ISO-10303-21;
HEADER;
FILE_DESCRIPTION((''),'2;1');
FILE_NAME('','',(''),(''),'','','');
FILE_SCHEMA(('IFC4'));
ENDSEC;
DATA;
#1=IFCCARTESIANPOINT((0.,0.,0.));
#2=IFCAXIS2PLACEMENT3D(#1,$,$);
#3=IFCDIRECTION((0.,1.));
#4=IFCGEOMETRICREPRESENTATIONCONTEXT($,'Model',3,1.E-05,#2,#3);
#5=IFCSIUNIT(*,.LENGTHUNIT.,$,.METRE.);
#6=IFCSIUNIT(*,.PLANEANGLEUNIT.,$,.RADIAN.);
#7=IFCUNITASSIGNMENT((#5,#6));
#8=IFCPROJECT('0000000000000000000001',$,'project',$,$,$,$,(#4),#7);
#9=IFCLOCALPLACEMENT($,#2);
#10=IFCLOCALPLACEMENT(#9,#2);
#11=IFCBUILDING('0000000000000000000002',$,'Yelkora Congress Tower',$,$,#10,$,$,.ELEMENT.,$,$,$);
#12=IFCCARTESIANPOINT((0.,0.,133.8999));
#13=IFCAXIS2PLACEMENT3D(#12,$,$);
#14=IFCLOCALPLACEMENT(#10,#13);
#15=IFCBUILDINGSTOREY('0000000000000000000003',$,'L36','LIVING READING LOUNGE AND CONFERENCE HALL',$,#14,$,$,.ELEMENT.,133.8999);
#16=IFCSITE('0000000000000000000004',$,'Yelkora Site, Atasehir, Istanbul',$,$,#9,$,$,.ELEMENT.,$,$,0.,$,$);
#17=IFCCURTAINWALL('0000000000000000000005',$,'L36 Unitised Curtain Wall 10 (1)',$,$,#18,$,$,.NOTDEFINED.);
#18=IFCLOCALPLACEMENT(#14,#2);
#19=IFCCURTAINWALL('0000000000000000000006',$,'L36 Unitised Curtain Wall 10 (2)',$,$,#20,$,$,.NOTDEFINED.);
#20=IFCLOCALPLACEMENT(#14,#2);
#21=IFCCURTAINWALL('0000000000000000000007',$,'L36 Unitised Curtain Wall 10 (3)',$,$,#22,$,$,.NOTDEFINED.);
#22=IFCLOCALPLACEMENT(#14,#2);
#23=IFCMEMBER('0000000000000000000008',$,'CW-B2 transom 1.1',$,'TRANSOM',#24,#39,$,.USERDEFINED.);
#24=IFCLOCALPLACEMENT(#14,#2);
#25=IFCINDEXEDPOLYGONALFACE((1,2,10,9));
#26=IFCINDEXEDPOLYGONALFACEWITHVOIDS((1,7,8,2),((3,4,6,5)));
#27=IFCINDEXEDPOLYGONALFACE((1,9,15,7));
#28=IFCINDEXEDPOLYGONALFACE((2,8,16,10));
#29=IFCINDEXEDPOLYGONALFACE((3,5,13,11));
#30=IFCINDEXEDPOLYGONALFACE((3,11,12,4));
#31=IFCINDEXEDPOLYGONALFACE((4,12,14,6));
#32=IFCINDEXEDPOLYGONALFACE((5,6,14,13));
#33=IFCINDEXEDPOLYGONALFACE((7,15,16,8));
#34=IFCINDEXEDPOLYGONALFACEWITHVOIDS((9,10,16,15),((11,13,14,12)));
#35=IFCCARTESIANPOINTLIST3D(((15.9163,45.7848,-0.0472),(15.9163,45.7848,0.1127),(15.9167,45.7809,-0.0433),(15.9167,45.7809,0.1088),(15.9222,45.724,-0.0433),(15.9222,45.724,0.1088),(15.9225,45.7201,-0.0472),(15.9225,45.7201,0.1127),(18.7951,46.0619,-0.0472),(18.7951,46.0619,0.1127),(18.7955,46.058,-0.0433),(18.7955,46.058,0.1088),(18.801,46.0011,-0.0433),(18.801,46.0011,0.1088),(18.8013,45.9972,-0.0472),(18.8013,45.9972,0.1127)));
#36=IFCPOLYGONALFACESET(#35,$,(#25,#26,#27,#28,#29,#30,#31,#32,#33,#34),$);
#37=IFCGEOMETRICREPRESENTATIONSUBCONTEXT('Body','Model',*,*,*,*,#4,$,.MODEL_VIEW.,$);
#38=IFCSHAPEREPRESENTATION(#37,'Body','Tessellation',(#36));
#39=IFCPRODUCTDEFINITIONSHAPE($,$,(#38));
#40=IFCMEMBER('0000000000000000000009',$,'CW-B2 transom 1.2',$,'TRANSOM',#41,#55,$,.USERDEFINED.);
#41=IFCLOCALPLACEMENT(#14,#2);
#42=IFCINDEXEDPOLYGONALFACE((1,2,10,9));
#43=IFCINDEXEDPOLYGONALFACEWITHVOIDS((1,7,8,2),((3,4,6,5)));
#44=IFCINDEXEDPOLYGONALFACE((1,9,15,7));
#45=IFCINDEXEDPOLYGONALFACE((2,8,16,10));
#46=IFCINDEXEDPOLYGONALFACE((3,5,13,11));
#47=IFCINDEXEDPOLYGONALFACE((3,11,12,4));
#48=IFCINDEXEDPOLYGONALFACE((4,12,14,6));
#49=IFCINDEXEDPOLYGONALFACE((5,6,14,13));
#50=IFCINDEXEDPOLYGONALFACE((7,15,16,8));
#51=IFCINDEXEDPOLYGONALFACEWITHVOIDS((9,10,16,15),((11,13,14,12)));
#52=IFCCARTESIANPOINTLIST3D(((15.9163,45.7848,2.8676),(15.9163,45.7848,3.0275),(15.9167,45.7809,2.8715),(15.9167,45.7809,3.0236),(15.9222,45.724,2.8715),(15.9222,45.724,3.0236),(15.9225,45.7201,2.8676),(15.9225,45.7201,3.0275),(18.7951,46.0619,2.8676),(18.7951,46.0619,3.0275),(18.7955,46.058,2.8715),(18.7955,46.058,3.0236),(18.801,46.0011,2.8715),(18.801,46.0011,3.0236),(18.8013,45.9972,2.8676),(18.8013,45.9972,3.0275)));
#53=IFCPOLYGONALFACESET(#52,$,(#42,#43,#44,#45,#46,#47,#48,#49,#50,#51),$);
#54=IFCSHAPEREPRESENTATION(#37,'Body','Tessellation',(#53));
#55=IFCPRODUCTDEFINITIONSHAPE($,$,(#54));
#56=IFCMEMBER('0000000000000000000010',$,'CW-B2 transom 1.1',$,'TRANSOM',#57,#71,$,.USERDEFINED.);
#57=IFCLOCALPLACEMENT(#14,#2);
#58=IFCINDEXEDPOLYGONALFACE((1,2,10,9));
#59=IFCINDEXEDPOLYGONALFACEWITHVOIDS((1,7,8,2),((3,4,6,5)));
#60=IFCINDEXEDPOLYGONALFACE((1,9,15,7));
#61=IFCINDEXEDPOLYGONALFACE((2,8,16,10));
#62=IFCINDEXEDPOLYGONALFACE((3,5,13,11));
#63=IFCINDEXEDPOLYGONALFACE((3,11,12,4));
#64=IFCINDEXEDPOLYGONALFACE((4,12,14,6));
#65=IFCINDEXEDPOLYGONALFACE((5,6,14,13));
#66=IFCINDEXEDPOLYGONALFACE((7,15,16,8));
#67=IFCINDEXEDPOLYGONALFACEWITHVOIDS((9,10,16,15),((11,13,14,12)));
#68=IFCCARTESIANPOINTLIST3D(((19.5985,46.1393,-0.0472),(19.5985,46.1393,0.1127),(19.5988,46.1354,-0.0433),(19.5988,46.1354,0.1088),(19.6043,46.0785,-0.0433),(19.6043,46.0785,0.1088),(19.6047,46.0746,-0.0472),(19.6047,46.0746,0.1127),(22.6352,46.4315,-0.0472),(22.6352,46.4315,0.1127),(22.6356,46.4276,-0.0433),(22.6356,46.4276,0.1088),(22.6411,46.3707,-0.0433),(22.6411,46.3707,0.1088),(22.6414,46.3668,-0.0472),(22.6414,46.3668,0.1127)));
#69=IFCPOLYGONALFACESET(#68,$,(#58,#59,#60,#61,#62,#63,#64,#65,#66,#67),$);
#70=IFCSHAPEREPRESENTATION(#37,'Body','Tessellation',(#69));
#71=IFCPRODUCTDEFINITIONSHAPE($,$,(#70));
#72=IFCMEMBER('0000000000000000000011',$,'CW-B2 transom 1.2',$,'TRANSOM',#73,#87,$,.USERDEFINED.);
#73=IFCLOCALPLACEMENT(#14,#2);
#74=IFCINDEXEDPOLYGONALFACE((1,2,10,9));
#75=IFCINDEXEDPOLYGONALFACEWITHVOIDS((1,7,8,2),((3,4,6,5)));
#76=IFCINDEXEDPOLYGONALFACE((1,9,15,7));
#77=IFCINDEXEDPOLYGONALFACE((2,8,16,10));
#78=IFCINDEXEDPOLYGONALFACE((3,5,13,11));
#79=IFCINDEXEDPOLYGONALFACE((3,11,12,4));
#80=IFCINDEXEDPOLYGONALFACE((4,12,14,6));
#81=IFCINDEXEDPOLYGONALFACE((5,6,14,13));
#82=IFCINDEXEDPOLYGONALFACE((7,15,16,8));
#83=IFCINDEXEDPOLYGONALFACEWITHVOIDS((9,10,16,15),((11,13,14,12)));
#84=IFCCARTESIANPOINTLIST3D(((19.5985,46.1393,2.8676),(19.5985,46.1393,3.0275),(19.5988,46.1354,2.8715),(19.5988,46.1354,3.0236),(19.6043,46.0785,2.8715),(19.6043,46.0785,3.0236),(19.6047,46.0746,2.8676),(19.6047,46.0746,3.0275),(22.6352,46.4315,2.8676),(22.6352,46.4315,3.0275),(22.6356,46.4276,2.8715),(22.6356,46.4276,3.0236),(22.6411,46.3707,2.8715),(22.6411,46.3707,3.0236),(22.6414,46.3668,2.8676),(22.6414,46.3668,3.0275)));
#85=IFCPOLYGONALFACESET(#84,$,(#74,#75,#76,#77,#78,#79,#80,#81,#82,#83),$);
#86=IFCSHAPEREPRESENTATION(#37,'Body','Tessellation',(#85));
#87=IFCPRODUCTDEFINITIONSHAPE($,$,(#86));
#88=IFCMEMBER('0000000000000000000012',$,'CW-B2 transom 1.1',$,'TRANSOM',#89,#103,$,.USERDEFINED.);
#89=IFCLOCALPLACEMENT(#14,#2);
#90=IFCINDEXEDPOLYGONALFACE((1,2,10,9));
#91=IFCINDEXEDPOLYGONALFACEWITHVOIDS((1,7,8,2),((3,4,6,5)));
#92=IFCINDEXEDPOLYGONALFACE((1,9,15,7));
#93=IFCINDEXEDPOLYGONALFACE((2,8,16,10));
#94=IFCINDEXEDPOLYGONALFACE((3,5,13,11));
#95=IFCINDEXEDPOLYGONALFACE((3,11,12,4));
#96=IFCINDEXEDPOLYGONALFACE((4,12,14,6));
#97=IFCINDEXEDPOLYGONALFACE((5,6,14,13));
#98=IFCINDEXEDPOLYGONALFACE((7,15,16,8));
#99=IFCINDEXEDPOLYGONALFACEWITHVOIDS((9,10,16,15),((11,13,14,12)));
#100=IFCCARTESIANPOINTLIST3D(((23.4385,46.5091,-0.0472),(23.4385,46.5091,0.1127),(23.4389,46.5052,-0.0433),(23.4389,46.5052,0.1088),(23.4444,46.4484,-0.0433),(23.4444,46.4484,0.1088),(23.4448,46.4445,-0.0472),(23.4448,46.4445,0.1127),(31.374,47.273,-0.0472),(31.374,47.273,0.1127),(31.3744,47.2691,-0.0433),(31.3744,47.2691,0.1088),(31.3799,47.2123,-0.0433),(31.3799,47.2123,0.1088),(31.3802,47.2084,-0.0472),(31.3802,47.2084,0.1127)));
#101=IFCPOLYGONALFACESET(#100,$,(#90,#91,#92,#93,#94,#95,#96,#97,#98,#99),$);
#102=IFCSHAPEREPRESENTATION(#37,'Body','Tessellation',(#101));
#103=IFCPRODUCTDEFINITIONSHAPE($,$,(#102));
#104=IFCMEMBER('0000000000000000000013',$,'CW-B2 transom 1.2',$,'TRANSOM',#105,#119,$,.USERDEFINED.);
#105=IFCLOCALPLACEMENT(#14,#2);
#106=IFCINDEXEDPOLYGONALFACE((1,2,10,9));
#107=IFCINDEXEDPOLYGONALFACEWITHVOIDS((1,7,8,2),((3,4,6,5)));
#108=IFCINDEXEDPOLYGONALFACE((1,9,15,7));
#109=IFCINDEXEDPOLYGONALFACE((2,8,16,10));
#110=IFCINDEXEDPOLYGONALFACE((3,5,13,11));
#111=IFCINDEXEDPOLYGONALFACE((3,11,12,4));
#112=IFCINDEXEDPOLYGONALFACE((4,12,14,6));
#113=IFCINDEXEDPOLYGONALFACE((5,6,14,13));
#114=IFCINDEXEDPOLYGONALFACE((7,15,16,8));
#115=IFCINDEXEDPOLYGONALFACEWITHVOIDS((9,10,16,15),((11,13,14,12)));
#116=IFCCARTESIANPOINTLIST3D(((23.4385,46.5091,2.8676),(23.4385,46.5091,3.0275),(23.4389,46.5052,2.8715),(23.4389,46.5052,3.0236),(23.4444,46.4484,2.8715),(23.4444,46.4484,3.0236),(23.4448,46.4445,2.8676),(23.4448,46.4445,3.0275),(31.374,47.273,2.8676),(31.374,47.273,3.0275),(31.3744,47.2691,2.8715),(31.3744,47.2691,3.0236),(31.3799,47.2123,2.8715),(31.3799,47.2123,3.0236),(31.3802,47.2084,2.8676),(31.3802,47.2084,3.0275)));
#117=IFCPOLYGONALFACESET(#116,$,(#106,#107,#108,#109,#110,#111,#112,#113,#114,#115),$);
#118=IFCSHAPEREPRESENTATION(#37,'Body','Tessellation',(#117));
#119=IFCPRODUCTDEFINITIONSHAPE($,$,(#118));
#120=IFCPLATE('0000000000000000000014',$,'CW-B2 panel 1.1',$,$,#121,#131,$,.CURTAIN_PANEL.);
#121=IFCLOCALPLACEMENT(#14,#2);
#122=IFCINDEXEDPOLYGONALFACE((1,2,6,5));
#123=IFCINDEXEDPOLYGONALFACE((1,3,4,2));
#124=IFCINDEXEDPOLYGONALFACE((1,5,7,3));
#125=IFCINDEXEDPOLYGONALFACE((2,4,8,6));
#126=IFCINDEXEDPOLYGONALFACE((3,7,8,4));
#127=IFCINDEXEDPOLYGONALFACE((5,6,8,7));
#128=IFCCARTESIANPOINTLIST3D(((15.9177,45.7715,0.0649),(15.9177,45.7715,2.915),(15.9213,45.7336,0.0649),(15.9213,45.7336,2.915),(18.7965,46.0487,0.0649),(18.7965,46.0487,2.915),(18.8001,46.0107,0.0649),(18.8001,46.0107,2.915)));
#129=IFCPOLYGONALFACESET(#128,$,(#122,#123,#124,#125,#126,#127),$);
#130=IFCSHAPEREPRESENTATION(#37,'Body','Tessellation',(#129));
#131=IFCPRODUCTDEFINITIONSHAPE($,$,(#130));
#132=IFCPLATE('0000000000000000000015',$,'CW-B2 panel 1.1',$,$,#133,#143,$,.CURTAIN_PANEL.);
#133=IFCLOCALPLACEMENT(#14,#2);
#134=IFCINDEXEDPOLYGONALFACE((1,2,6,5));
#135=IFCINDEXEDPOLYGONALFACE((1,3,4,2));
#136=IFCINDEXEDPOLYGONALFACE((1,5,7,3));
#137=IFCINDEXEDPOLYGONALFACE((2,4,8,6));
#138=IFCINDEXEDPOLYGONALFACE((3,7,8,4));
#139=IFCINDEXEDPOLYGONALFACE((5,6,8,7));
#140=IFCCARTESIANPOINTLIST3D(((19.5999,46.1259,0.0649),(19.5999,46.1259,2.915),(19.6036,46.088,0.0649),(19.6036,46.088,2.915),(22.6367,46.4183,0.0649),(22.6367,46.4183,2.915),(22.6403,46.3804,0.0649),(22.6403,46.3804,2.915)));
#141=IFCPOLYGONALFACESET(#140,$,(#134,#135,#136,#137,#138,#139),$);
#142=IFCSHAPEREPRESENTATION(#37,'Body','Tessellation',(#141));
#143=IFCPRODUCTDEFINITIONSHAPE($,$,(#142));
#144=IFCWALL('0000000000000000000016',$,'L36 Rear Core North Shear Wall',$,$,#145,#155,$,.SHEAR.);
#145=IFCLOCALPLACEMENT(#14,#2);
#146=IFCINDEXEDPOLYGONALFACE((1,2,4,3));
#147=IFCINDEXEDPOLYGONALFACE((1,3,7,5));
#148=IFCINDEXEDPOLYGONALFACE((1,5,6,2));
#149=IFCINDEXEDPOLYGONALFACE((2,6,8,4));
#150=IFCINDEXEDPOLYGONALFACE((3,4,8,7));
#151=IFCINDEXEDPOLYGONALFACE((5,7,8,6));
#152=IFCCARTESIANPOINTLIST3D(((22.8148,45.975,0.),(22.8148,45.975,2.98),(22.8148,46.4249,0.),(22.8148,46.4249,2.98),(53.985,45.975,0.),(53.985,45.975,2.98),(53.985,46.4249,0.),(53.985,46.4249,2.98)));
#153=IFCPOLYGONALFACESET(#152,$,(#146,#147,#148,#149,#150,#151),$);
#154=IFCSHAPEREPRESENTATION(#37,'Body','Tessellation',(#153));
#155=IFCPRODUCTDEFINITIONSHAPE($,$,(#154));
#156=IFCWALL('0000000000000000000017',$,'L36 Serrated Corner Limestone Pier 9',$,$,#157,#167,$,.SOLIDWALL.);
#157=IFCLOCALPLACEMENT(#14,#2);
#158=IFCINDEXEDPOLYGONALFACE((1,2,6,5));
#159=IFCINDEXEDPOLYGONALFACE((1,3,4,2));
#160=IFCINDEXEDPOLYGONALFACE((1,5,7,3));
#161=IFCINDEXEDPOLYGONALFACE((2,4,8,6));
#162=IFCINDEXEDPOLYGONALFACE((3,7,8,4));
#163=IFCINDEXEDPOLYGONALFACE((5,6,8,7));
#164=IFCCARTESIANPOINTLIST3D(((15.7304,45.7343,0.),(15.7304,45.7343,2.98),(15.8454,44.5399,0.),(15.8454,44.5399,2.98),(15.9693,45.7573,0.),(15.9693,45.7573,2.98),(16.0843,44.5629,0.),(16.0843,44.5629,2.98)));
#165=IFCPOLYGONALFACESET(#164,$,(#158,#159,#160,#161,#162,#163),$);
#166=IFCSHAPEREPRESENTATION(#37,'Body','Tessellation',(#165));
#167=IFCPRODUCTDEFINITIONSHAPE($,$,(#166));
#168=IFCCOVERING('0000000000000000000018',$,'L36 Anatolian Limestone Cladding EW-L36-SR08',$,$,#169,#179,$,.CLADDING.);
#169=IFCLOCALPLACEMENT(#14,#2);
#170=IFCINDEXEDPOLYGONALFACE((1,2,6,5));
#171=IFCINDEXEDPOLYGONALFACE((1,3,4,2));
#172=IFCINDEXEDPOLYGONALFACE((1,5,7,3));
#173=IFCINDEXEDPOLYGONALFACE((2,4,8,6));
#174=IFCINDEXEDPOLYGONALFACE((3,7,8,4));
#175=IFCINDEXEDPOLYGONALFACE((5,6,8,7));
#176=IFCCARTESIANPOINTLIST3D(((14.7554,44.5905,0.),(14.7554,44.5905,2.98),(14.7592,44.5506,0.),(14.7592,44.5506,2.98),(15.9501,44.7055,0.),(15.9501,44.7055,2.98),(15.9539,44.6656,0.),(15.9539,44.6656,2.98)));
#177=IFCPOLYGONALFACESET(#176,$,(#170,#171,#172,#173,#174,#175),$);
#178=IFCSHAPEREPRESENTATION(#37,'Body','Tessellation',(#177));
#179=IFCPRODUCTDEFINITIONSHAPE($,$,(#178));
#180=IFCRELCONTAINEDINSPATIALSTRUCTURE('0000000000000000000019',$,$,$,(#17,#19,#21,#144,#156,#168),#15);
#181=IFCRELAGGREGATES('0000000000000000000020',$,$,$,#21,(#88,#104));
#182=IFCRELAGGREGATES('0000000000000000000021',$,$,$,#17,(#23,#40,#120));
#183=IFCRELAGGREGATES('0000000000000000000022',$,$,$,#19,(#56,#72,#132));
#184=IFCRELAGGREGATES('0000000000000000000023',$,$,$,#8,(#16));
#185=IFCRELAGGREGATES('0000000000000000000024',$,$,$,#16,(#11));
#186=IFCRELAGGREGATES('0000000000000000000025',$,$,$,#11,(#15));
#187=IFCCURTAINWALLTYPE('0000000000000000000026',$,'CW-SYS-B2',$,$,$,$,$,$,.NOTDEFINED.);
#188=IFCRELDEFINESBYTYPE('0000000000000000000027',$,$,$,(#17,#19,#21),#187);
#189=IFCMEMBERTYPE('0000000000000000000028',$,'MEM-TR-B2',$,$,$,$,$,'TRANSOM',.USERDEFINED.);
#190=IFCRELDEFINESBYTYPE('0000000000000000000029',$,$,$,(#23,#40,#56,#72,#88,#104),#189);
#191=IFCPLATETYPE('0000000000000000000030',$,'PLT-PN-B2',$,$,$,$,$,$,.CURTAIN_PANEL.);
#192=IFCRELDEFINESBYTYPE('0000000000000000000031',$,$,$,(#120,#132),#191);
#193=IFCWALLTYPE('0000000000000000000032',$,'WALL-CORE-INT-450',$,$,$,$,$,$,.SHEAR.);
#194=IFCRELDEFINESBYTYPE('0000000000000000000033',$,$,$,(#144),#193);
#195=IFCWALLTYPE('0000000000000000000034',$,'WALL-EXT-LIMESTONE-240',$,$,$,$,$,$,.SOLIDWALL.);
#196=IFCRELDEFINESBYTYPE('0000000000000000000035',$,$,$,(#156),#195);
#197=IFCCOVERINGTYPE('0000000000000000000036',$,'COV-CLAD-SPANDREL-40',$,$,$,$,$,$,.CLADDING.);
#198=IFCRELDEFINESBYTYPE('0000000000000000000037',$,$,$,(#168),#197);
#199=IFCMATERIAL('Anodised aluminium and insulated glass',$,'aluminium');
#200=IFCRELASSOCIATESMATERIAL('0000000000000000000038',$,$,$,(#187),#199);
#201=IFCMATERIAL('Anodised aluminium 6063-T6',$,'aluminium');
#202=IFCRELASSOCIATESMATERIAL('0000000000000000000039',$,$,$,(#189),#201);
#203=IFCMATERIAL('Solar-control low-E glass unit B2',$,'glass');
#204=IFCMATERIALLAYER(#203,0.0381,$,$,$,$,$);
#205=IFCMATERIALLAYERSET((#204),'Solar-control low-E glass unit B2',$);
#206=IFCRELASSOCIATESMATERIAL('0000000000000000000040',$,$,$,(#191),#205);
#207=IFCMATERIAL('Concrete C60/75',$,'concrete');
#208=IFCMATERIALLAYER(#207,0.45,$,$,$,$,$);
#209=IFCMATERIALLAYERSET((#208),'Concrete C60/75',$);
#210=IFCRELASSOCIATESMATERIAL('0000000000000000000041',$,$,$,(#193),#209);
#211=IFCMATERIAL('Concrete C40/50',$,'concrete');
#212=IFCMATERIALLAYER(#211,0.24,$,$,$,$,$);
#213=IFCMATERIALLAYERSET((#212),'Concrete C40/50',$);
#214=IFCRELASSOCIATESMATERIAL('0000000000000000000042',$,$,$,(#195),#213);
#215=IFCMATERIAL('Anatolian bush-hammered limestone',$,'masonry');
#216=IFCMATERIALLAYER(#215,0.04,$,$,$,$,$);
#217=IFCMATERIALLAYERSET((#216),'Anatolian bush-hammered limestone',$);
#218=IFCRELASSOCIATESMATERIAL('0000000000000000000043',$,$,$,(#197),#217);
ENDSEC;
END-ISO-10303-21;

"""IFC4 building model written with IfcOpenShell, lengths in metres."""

from ifc_helpers import new_model, si_unit, direction, frame, frame_2d, origin, origin_2d, place, context, subcontext, project, spatial, rectangle, hollow_rectangle, extrude, material, layer, layer_set, material_profile, profile_set, type_object, element, aggregate, save


model = new_model("IFC4")

# Units and contexts
model_context = context("Model", 3, precision=1e-05, world=origin(), true_north=direction((0.0, 1.0)))
body_context = subcontext(model_context, "Body", "Model", "MODEL_VIEW")
ifc_project = project(units=[si_unit("LENGTHUNIT", "METRE"), si_unit("PLANEANGLEUNIT", "RADIAN")], contexts=[model_context])

# Site, building, storey
site_placement = place(None, origin())
site = spatial("IfcSite", under=ifc_project, at=site_placement, Name="Yelkora Site, Atasehir, Istanbul", CompositionType="ELEMENT", RefElevation=0.0)
building_placement = place(site_placement, origin())
building = spatial("IfcBuilding", under=site, at=building_placement, Name="Yelkora Congress Tower", CompositionType="ELEMENT")
storey_placement = place(building_placement, frame((0.0, 0.0, 133.8999)))
storey = spatial("IfcBuildingStorey", under=building, at=storey_placement, Name="L36", Description="LIVING READING LOUNGE AND CONFERENCE HALL", CompositionType="ELEMENT", Elevation=133.8999)

# Curtain walls
ifc_material_1 = material(Name="Anodised aluminium and insulated glass", Category="aluminium")
curtain_wall_type = type_object("IfcCurtainWallType", Name="CW-SYS-B2", PredefinedType="NOTDEFINED", material=ifc_material_1)
curtain_wall_1_placement = place(storey_placement, origin())
curtain_wall_1 = element("IfcCurtainWall", 1, at=curtain_wall_1_placement, inside=storey, type_object=curtain_wall_type, Name="L36 Unitised Curtain Wall 10 (1)", PredefinedType="NOTDEFINED")
ifc_material_2 = material(Name="Anodised aluminium 6063-T6", Category="aluminium")
curtain_wall_2_placement = place(storey_placement, origin())
curtain_wall_2 = element("IfcCurtainWall", 2, at=curtain_wall_2_placement, inside=storey, type_object=curtain_wall_type, Name="L36 Unitised Curtain Wall 10 (2)", PredefinedType="NOTDEFINED")

# Curtain wall
curtain_wall_3_placement = place(storey_placement, origin())
curtain_wall_3 = element("IfcCurtainWall", 3, at=curtain_wall_3_placement, inside=storey, type_object=curtain_wall_type, Name="L36 Unitised Curtain Wall 10 (3)", PredefinedType="NOTDEFINED")

# Members
ifc_material_profile_1 = material_profile(ifc_material_2, hollow_rectangle(XDim=0.0649, YDim=0.1599, WallThickness=0.0039, at=origin_2d()), Name="ALU 65x160x4")
ifc_profile_set_1 = profile_set([ifc_material_profile_1], Name="Anodised aluminium 6063-T6")
member_type_1 = type_object("IfcMemberType", Name="MEM-TR-B2", ElementType="TRANSOM", PredefinedType="USERDEFINED", material=ifc_profile_set_1)
member_1_placement = place(storey_placement, frame((15.9194, 45.7524, 0.0327), z_axis=(0.9954, 0.095809, 0.0), x_axis=(-0.095809, 0.9954, 0.0)))
member_1 = element("IfcMember", 4, at=member_1_placement, type_object=member_type_1, Name="CW-B2 transom 1.1", ObjectType="TRANSOM", PredefinedType="USERDEFINED", context=body_context, shape_type="SweptSolid", body=[
    extrude(hollow_rectangle(XDim=0.0649, YDim=0.1599, WallThickness=0.0039, at=origin_2d()), origin(), (0.0, 0.0, 1.0), 2.8921),
])
member_2_placement = place(storey_placement, frame((15.9194, 45.7524, 2.9475), z_axis=(0.9954, 0.095809, 0.0), x_axis=(-0.095809, 0.9954, 0.0)))
member_2 = element("IfcMember", 5, at=member_2_placement, type_object=member_type_1, Name="CW-B2 transom 1.2", ObjectType="TRANSOM", PredefinedType="USERDEFINED", context=body_context, shape_type="SweptSolid", body=[
    extrude(hollow_rectangle(XDim=0.0649, YDim=0.1599, WallThickness=0.0039, at=origin_2d()), origin(), (0.0, 0.0, 1.0), 2.8921),
])
member_3_placement = place(storey_placement, frame((19.6016, 46.1069, 0.0327), z_axis=(0.995402, 0.095787, 0.0), x_axis=(-0.095787, 0.995402, 0.0)))
member_3 = element("IfcMember", 6, at=member_3_placement, type_object=member_type_1, Name="CW-B2 transom 1.1", ObjectType="TRANSOM", PredefinedType="USERDEFINED", context=body_context, shape_type="SweptSolid", body=[
    extrude(hollow_rectangle(XDim=0.0649, YDim=0.1599, WallThickness=0.0039, at=origin_2d()), origin(), (0.0, 0.0, 1.0), 3.0508),
])
member_4_placement = place(storey_placement, frame((19.6016, 46.1069, 2.9475), z_axis=(0.995402, 0.095787, 0.0), x_axis=(-0.095787, 0.995402, 0.0)))
member_4 = element("IfcMember", 7, at=member_4_placement, type_object=member_type_1, Name="CW-B2 transom 1.2", ObjectType="TRANSOM", PredefinedType="USERDEFINED", context=body_context, shape_type="SweptSolid", body=[
    extrude(hollow_rectangle(XDim=0.0649, YDim=0.1599, WallThickness=0.0039, at=origin_2d()), origin(), (0.0, 0.0, 1.0), 3.0508),
])
member_5_placement = place(storey_placement, frame((23.4417, 46.4768, 0.0327), z_axis=(0.995398, 0.095822, 0.0), x_axis=(-0.095822, 0.995398, 0.0)))
member_5 = element("IfcMember", 8, at=member_5_placement, type_object=member_type_1, Name="CW-B2 transom 1.1", ObjectType="TRANSOM", PredefinedType="USERDEFINED", context=body_context, shape_type="SweptSolid", body=[
    extrude(hollow_rectangle(XDim=0.0649, YDim=0.1599, WallThickness=0.0039, at=origin_2d()), origin(), (0.0, 0.0, 1.0), 7.9722),
])
member_6_placement = place(storey_placement, frame((23.4417, 46.4768, 2.9475), z_axis=(0.995398, 0.095822, 0.0), x_axis=(-0.095822, 0.995398, 0.0)))
member_6 = element("IfcMember", 9, at=member_6_placement, type_object=member_type_1, Name="CW-B2 transom 1.2", ObjectType="TRANSOM", PredefinedType="USERDEFINED", context=body_context, shape_type="SweptSolid", body=[
    extrude(hollow_rectangle(XDim=0.0649, YDim=0.1599, WallThickness=0.0039, at=origin_2d()), origin(), (0.0, 0.0, 1.0), 7.9722),
])
aggregate(curtain_wall_3, [member_5, member_6])

# Plates
ifc_material_3 = material(Name="Solar-control low-E glass unit B2", Category="glass")
ifc_layer_1 = layer(ifc_material_3, 0.0381)
ifc_layer_set_1 = layer_set([ifc_layer_1], Name="Solar-control low-E glass unit B2")
plate_type = type_object("IfcPlateType", Name="PLT-PN-B2", PredefinedType="CURTAIN_PANEL", material=ifc_layer_set_1)
plate_1_placement = place(storey_placement, frame((17.3589, 45.8911, 0.0649), z_axis=(0.0, 0.0, 1.0), x_axis=(0.995397, 0.095839, 0.0)))
plate_1 = element("IfcPlate", 10, at=plate_1_placement, type_object=plate_type, Name="CW-B2 panel 1.1", PredefinedType="CURTAIN_PANEL", context=body_context, shape_type="SweptSolid", body=[
    extrude(rectangle(XDim=2.8921, YDim=0.0381, at=origin_2d()), origin(), (0.0, 0.0, 1.0), 2.8501),
])
aggregate(curtain_wall_1, [member_1, member_2, plate_1])
plate_2_placement = place(storey_placement, frame((21.1201, 46.2532, 0.0649), z_axis=(0.0, 0.0, 1.0), x_axis=(0.995397, 0.095841, 0.0)))
plate_2 = element("IfcPlate", 11, at=plate_2_placement, type_object=plate_type, Name="CW-B2 panel 1.1", PredefinedType="CURTAIN_PANEL", context=body_context, shape_type="SweptSolid", body=[
    extrude(rectangle(XDim=3.0508, YDim=0.0381, at=origin_2d()), origin(), (0.0, 0.0, 1.0), 2.8501),
])
aggregate(curtain_wall_2, [member_3, member_4, plate_2])

# Walls
ifc_material_4 = material(Name="Concrete C60/75", Category="concrete")
ifc_layer_2 = layer(ifc_material_4, 0.45)
ifc_layer_set_2 = layer_set([ifc_layer_2], Name="Concrete C60/75")
wall_type_1 = type_object("IfcWallType", Name="WALL-CORE-INT-450", PredefinedType="SHEAR", material=ifc_layer_set_2)
wall_1_placement = place(storey_placement, frame((22.8149, 46.2, 0.0), z_axis=(0.0, 0.0, 1.0), x_axis=(1.0, 0.0, 0.0)))
element("IfcWall", 12, at=wall_1_placement, inside=storey, type_object=wall_type_1, Name="L36 Rear Core North Shear Wall", PredefinedType="SHEAR", context=body_context, shape_type="SweptSolid", body=[
    extrude(rectangle(XDim=31.1702, YDim=0.45, at=frame_2d((15.585, 0.0))), origin(), (0.0, 0.0, 1.0), 2.98),
])
ifc_material_5 = material(Name="Concrete C40/50", Category="concrete")
ifc_layer_3 = layer(ifc_material_5, 0.24)
ifc_layer_set_3 = layer_set([ifc_layer_3], Name="Concrete C40/50")
wall_type_2 = type_object("IfcWallType", Name="WALL-EXT-LIMESTONE-240", PredefinedType="SOLIDWALL", material=ifc_layer_set_3)
wall_2_placement = place(storey_placement, frame((15.9648, 44.5513, 0.0), z_axis=(0.0, 0.0, 1.0), x_axis=(-0.095836, 0.995397, 0.0)))
element("IfcWall", 13, at=wall_2_placement, inside=storey, type_object=wall_type_2, Name="L36 Serrated Corner Limestone Pier 9", PredefinedType="SOLIDWALL", context=body_context, shape_type="SweptSolid", body=[
    extrude(rectangle(XDim=1.2, YDim=0.24, at=frame_2d((0.6001, 0.0))), origin(), (0.0, 0.0, 1.0), 2.98),
])

# Covering
ifc_material_6 = material(Name="Anatolian bush-hammered limestone", Category="masonry")
ifc_layer_4 = layer(ifc_material_6, 0.04)
ifc_layer_set_4 = layer_set([ifc_layer_4], Name="Anatolian bush-hammered limestone")
covering_type = type_object("IfcCoveringType", Name="COV-CLAD-SPANDREL-40", PredefinedType="CLADDING", material=ifc_layer_set_4)
covering_placement = place(storey_placement, frame((14.7573, 44.5706, 0.0), z_axis=(0.0, 0.0, 1.0), x_axis=(0.995399, 0.095817, 0.0)))
element("IfcCovering", 14, at=covering_placement, inside=storey, type_object=covering_type, Name="L36 Anatolian Limestone Cladding EW-L36-SR08", PredefinedType="CLADDING", context=body_context, shape_type="SweptSolid", body=[
    extrude(rectangle(XDim=1.2002, YDim=0.04, at=frame_2d((0.6001, 0.0))), origin(), (0.0, 0.0, 1.0), 2.98),
])

save(model, "model.ifc")
